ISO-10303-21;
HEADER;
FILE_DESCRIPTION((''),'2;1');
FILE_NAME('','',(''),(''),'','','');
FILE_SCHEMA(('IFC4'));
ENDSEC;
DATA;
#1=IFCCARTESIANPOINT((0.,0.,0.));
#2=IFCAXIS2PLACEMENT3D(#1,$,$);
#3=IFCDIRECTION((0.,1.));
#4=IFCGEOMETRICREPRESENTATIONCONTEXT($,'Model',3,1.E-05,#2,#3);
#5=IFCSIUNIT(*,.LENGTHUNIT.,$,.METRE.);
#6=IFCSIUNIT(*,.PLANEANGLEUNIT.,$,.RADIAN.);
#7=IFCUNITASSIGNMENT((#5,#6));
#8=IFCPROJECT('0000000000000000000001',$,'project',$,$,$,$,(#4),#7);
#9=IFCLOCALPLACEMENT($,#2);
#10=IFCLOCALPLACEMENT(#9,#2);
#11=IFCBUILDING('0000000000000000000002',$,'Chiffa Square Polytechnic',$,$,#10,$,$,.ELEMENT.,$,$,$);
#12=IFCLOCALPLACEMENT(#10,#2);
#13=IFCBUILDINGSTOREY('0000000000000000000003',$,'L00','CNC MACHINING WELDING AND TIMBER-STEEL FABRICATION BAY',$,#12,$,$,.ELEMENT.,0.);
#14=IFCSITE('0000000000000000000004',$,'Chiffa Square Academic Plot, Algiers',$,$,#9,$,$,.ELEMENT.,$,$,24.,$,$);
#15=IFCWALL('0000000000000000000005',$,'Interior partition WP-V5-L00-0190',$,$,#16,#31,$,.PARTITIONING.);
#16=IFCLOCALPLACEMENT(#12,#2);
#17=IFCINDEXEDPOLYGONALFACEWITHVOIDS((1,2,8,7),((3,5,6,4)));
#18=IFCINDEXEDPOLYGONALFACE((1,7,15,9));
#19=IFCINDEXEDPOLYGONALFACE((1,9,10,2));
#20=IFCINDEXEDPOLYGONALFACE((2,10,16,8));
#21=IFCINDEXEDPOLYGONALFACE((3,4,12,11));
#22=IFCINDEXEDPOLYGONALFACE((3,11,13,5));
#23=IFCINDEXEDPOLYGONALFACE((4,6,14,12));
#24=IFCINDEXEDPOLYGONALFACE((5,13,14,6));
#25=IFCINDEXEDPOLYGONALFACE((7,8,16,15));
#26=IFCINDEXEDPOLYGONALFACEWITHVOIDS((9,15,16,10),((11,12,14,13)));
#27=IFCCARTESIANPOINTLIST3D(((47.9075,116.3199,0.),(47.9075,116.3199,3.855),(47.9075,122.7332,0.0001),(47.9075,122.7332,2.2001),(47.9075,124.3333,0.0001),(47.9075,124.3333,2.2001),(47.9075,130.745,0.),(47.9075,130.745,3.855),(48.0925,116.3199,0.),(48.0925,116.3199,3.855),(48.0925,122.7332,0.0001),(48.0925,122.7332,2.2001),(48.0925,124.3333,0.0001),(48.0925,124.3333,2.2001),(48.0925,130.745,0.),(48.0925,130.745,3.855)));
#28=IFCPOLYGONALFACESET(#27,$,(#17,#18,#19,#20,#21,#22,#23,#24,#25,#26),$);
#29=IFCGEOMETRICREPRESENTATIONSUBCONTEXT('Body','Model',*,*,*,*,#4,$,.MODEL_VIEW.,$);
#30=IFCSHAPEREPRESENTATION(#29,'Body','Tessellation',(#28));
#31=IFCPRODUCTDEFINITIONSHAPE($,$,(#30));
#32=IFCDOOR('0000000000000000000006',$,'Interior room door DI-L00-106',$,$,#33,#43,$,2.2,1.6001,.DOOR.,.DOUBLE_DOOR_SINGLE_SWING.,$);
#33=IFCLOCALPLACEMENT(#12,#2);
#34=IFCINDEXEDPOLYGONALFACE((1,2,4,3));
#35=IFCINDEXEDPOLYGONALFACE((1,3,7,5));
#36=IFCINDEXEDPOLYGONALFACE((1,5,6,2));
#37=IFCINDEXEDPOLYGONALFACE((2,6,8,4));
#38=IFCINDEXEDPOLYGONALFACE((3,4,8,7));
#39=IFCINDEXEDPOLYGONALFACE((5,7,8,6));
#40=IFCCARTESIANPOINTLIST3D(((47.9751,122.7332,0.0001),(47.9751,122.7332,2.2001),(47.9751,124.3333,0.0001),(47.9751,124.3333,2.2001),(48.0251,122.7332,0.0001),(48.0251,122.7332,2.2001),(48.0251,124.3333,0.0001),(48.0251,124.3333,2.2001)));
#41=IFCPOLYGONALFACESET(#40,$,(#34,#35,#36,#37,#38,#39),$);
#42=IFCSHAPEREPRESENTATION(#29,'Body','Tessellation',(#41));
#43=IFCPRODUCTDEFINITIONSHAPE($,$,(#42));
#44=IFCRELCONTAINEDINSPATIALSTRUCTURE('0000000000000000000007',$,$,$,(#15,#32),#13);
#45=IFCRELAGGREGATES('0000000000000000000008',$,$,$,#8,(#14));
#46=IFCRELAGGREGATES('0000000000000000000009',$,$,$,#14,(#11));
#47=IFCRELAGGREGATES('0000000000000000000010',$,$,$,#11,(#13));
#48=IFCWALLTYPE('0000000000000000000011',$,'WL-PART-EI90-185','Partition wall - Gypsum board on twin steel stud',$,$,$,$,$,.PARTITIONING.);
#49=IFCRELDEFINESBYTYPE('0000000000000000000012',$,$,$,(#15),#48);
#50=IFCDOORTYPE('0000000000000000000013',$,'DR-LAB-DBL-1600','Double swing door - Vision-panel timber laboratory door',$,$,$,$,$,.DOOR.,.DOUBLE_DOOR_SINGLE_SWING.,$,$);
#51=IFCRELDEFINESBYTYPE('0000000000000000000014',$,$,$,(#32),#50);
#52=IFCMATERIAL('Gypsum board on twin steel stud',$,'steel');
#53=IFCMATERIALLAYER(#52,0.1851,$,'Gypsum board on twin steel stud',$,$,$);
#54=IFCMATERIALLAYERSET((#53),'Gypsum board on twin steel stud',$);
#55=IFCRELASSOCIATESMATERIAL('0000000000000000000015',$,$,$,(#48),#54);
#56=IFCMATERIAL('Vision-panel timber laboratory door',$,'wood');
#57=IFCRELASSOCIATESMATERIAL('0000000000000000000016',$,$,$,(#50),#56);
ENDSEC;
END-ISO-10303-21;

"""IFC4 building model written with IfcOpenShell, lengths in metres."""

from ifc_helpers import new_model, si_unit, direction, frame, frame_2d, origin, place, context, subcontext, project, spatial, rectangle, extrude, material, layer, layer_set, type_object, element, fill, save


model = new_model("IFC4")

# Units and contexts
model_context = context("Model", 3, precision=1e-05, world=origin(), true_north=direction((0.0, 1.0)))
body_context = subcontext(model_context, "Body", "Model", "MODEL_VIEW")
ifc_project = project(units=[si_unit("LENGTHUNIT", "METRE"), si_unit("PLANEANGLEUNIT", "RADIAN")], contexts=[model_context])

# Site, building, storey
site_placement = place(None, origin())
site = spatial("IfcSite", under=ifc_project, at=site_placement, Name="Chiffa Square Academic Plot, Algiers", CompositionType="ELEMENT", RefElevation=24.0)
building_placement = place(site_placement, origin())
building = spatial("IfcBuilding", under=site, at=building_placement, Name="Chiffa Square Polytechnic", CompositionType="ELEMENT")
storey_placement = place(building_placement, origin())
storey = spatial("IfcBuildingStorey", under=building, at=storey_placement, Name="L00", Description="CNC MACHINING WELDING AND TIMBER-STEEL FABRICATION BAY", CompositionType="ELEMENT", Elevation=0.0)

# Wall, opening, door
ifc_material_1 = material(Name="Gypsum board on twin steel stud", Category="steel")
ifc_layer_1 = layer(ifc_material_1, 0.1851, Name="Gypsum board on twin steel stud")
ifc_layer_set_1 = layer_set([ifc_layer_1], Name="Gypsum board on twin steel stud")
wall_type_1 = type_object("IfcWallType", Name="WL-PART-EI90-185", Description="Partition wall - Gypsum board on twin steel stud", PredefinedType="PARTITIONING", material=ifc_layer_set_1)
wall_1_placement = place(storey_placement, frame((48.0, 116.3201, 0.0), z_axis=(0.0, 0.0, 1.0), x_axis=(0.0, 1.0, 0.0)))
wall_1 = element("IfcWall", 1, at=wall_1_placement, inside=storey, type_object=wall_type_1, Name="Interior partition WP-V5-L00-0190", PredefinedType="PARTITIONING", context=body_context, shape_type="SweptSolid", body=[
    extrude(rectangle(XDim=14.425, YDim=0.1851, at=frame_2d((7.2124, 0.0))), origin(), (0.0, 0.0, 1.0), 3.855),
])
opening_1_placement = place(wall_1_placement, frame((6.4131, 0.0, 0.0)))
opening_1 = element("IfcOpeningElement", 2, at=opening_1_placement, cuts=wall_1, PredefinedType="OPENING", context=body_context, shape_type="SweptSolid", body=[
    extrude(rectangle(XDim=1.6001, YDim=2.2, at=frame_2d((0.8, 1.1001))), frame((0.0, 0.1025, 0.0), z_axis=(0.0, -1.0, 0.0), x_axis=(1.0, 0.0, 0.0)), (0.0, 0.0, 1.0), 0.2051),
])
ifc_material_2 = material(Name="Vision-panel timber laboratory door", Category="wood")
door_type_1 = type_object("IfcDoorType", Name="DR-LAB-DBL-1600", Description="Double swing door - Vision-panel timber laboratory door", OperationType="DOUBLE_DOOR_SINGLE_SWING", PredefinedType="DOOR", material=ifc_material_2)
door_1_placement = place(opening_1_placement, origin())
door_1 = element("IfcDoor", 3, at=door_1_placement, inside=storey, type_object=door_type_1, Name="Interior room door DI-L00-106", OperationType="DOUBLE_DOOR_SINGLE_SWING", OverallHeight=2.2, OverallWidth=1.6001, PredefinedType="DOOR", context=body_context, shape_type="SweptSolid", body=[
    extrude(rectangle(XDim=1.6001, YDim=2.2, at=frame_2d((0.8, 1.1001))), frame((0.0, 0.0249, 0.0), z_axis=(0.0, -1.0, 0.0), x_axis=(1.0, 0.0, 0.0)), (0.0, 0.0, 1.0), 0.05),
])
fill(opening_1, door_1)

save(model, "model.ifc")
